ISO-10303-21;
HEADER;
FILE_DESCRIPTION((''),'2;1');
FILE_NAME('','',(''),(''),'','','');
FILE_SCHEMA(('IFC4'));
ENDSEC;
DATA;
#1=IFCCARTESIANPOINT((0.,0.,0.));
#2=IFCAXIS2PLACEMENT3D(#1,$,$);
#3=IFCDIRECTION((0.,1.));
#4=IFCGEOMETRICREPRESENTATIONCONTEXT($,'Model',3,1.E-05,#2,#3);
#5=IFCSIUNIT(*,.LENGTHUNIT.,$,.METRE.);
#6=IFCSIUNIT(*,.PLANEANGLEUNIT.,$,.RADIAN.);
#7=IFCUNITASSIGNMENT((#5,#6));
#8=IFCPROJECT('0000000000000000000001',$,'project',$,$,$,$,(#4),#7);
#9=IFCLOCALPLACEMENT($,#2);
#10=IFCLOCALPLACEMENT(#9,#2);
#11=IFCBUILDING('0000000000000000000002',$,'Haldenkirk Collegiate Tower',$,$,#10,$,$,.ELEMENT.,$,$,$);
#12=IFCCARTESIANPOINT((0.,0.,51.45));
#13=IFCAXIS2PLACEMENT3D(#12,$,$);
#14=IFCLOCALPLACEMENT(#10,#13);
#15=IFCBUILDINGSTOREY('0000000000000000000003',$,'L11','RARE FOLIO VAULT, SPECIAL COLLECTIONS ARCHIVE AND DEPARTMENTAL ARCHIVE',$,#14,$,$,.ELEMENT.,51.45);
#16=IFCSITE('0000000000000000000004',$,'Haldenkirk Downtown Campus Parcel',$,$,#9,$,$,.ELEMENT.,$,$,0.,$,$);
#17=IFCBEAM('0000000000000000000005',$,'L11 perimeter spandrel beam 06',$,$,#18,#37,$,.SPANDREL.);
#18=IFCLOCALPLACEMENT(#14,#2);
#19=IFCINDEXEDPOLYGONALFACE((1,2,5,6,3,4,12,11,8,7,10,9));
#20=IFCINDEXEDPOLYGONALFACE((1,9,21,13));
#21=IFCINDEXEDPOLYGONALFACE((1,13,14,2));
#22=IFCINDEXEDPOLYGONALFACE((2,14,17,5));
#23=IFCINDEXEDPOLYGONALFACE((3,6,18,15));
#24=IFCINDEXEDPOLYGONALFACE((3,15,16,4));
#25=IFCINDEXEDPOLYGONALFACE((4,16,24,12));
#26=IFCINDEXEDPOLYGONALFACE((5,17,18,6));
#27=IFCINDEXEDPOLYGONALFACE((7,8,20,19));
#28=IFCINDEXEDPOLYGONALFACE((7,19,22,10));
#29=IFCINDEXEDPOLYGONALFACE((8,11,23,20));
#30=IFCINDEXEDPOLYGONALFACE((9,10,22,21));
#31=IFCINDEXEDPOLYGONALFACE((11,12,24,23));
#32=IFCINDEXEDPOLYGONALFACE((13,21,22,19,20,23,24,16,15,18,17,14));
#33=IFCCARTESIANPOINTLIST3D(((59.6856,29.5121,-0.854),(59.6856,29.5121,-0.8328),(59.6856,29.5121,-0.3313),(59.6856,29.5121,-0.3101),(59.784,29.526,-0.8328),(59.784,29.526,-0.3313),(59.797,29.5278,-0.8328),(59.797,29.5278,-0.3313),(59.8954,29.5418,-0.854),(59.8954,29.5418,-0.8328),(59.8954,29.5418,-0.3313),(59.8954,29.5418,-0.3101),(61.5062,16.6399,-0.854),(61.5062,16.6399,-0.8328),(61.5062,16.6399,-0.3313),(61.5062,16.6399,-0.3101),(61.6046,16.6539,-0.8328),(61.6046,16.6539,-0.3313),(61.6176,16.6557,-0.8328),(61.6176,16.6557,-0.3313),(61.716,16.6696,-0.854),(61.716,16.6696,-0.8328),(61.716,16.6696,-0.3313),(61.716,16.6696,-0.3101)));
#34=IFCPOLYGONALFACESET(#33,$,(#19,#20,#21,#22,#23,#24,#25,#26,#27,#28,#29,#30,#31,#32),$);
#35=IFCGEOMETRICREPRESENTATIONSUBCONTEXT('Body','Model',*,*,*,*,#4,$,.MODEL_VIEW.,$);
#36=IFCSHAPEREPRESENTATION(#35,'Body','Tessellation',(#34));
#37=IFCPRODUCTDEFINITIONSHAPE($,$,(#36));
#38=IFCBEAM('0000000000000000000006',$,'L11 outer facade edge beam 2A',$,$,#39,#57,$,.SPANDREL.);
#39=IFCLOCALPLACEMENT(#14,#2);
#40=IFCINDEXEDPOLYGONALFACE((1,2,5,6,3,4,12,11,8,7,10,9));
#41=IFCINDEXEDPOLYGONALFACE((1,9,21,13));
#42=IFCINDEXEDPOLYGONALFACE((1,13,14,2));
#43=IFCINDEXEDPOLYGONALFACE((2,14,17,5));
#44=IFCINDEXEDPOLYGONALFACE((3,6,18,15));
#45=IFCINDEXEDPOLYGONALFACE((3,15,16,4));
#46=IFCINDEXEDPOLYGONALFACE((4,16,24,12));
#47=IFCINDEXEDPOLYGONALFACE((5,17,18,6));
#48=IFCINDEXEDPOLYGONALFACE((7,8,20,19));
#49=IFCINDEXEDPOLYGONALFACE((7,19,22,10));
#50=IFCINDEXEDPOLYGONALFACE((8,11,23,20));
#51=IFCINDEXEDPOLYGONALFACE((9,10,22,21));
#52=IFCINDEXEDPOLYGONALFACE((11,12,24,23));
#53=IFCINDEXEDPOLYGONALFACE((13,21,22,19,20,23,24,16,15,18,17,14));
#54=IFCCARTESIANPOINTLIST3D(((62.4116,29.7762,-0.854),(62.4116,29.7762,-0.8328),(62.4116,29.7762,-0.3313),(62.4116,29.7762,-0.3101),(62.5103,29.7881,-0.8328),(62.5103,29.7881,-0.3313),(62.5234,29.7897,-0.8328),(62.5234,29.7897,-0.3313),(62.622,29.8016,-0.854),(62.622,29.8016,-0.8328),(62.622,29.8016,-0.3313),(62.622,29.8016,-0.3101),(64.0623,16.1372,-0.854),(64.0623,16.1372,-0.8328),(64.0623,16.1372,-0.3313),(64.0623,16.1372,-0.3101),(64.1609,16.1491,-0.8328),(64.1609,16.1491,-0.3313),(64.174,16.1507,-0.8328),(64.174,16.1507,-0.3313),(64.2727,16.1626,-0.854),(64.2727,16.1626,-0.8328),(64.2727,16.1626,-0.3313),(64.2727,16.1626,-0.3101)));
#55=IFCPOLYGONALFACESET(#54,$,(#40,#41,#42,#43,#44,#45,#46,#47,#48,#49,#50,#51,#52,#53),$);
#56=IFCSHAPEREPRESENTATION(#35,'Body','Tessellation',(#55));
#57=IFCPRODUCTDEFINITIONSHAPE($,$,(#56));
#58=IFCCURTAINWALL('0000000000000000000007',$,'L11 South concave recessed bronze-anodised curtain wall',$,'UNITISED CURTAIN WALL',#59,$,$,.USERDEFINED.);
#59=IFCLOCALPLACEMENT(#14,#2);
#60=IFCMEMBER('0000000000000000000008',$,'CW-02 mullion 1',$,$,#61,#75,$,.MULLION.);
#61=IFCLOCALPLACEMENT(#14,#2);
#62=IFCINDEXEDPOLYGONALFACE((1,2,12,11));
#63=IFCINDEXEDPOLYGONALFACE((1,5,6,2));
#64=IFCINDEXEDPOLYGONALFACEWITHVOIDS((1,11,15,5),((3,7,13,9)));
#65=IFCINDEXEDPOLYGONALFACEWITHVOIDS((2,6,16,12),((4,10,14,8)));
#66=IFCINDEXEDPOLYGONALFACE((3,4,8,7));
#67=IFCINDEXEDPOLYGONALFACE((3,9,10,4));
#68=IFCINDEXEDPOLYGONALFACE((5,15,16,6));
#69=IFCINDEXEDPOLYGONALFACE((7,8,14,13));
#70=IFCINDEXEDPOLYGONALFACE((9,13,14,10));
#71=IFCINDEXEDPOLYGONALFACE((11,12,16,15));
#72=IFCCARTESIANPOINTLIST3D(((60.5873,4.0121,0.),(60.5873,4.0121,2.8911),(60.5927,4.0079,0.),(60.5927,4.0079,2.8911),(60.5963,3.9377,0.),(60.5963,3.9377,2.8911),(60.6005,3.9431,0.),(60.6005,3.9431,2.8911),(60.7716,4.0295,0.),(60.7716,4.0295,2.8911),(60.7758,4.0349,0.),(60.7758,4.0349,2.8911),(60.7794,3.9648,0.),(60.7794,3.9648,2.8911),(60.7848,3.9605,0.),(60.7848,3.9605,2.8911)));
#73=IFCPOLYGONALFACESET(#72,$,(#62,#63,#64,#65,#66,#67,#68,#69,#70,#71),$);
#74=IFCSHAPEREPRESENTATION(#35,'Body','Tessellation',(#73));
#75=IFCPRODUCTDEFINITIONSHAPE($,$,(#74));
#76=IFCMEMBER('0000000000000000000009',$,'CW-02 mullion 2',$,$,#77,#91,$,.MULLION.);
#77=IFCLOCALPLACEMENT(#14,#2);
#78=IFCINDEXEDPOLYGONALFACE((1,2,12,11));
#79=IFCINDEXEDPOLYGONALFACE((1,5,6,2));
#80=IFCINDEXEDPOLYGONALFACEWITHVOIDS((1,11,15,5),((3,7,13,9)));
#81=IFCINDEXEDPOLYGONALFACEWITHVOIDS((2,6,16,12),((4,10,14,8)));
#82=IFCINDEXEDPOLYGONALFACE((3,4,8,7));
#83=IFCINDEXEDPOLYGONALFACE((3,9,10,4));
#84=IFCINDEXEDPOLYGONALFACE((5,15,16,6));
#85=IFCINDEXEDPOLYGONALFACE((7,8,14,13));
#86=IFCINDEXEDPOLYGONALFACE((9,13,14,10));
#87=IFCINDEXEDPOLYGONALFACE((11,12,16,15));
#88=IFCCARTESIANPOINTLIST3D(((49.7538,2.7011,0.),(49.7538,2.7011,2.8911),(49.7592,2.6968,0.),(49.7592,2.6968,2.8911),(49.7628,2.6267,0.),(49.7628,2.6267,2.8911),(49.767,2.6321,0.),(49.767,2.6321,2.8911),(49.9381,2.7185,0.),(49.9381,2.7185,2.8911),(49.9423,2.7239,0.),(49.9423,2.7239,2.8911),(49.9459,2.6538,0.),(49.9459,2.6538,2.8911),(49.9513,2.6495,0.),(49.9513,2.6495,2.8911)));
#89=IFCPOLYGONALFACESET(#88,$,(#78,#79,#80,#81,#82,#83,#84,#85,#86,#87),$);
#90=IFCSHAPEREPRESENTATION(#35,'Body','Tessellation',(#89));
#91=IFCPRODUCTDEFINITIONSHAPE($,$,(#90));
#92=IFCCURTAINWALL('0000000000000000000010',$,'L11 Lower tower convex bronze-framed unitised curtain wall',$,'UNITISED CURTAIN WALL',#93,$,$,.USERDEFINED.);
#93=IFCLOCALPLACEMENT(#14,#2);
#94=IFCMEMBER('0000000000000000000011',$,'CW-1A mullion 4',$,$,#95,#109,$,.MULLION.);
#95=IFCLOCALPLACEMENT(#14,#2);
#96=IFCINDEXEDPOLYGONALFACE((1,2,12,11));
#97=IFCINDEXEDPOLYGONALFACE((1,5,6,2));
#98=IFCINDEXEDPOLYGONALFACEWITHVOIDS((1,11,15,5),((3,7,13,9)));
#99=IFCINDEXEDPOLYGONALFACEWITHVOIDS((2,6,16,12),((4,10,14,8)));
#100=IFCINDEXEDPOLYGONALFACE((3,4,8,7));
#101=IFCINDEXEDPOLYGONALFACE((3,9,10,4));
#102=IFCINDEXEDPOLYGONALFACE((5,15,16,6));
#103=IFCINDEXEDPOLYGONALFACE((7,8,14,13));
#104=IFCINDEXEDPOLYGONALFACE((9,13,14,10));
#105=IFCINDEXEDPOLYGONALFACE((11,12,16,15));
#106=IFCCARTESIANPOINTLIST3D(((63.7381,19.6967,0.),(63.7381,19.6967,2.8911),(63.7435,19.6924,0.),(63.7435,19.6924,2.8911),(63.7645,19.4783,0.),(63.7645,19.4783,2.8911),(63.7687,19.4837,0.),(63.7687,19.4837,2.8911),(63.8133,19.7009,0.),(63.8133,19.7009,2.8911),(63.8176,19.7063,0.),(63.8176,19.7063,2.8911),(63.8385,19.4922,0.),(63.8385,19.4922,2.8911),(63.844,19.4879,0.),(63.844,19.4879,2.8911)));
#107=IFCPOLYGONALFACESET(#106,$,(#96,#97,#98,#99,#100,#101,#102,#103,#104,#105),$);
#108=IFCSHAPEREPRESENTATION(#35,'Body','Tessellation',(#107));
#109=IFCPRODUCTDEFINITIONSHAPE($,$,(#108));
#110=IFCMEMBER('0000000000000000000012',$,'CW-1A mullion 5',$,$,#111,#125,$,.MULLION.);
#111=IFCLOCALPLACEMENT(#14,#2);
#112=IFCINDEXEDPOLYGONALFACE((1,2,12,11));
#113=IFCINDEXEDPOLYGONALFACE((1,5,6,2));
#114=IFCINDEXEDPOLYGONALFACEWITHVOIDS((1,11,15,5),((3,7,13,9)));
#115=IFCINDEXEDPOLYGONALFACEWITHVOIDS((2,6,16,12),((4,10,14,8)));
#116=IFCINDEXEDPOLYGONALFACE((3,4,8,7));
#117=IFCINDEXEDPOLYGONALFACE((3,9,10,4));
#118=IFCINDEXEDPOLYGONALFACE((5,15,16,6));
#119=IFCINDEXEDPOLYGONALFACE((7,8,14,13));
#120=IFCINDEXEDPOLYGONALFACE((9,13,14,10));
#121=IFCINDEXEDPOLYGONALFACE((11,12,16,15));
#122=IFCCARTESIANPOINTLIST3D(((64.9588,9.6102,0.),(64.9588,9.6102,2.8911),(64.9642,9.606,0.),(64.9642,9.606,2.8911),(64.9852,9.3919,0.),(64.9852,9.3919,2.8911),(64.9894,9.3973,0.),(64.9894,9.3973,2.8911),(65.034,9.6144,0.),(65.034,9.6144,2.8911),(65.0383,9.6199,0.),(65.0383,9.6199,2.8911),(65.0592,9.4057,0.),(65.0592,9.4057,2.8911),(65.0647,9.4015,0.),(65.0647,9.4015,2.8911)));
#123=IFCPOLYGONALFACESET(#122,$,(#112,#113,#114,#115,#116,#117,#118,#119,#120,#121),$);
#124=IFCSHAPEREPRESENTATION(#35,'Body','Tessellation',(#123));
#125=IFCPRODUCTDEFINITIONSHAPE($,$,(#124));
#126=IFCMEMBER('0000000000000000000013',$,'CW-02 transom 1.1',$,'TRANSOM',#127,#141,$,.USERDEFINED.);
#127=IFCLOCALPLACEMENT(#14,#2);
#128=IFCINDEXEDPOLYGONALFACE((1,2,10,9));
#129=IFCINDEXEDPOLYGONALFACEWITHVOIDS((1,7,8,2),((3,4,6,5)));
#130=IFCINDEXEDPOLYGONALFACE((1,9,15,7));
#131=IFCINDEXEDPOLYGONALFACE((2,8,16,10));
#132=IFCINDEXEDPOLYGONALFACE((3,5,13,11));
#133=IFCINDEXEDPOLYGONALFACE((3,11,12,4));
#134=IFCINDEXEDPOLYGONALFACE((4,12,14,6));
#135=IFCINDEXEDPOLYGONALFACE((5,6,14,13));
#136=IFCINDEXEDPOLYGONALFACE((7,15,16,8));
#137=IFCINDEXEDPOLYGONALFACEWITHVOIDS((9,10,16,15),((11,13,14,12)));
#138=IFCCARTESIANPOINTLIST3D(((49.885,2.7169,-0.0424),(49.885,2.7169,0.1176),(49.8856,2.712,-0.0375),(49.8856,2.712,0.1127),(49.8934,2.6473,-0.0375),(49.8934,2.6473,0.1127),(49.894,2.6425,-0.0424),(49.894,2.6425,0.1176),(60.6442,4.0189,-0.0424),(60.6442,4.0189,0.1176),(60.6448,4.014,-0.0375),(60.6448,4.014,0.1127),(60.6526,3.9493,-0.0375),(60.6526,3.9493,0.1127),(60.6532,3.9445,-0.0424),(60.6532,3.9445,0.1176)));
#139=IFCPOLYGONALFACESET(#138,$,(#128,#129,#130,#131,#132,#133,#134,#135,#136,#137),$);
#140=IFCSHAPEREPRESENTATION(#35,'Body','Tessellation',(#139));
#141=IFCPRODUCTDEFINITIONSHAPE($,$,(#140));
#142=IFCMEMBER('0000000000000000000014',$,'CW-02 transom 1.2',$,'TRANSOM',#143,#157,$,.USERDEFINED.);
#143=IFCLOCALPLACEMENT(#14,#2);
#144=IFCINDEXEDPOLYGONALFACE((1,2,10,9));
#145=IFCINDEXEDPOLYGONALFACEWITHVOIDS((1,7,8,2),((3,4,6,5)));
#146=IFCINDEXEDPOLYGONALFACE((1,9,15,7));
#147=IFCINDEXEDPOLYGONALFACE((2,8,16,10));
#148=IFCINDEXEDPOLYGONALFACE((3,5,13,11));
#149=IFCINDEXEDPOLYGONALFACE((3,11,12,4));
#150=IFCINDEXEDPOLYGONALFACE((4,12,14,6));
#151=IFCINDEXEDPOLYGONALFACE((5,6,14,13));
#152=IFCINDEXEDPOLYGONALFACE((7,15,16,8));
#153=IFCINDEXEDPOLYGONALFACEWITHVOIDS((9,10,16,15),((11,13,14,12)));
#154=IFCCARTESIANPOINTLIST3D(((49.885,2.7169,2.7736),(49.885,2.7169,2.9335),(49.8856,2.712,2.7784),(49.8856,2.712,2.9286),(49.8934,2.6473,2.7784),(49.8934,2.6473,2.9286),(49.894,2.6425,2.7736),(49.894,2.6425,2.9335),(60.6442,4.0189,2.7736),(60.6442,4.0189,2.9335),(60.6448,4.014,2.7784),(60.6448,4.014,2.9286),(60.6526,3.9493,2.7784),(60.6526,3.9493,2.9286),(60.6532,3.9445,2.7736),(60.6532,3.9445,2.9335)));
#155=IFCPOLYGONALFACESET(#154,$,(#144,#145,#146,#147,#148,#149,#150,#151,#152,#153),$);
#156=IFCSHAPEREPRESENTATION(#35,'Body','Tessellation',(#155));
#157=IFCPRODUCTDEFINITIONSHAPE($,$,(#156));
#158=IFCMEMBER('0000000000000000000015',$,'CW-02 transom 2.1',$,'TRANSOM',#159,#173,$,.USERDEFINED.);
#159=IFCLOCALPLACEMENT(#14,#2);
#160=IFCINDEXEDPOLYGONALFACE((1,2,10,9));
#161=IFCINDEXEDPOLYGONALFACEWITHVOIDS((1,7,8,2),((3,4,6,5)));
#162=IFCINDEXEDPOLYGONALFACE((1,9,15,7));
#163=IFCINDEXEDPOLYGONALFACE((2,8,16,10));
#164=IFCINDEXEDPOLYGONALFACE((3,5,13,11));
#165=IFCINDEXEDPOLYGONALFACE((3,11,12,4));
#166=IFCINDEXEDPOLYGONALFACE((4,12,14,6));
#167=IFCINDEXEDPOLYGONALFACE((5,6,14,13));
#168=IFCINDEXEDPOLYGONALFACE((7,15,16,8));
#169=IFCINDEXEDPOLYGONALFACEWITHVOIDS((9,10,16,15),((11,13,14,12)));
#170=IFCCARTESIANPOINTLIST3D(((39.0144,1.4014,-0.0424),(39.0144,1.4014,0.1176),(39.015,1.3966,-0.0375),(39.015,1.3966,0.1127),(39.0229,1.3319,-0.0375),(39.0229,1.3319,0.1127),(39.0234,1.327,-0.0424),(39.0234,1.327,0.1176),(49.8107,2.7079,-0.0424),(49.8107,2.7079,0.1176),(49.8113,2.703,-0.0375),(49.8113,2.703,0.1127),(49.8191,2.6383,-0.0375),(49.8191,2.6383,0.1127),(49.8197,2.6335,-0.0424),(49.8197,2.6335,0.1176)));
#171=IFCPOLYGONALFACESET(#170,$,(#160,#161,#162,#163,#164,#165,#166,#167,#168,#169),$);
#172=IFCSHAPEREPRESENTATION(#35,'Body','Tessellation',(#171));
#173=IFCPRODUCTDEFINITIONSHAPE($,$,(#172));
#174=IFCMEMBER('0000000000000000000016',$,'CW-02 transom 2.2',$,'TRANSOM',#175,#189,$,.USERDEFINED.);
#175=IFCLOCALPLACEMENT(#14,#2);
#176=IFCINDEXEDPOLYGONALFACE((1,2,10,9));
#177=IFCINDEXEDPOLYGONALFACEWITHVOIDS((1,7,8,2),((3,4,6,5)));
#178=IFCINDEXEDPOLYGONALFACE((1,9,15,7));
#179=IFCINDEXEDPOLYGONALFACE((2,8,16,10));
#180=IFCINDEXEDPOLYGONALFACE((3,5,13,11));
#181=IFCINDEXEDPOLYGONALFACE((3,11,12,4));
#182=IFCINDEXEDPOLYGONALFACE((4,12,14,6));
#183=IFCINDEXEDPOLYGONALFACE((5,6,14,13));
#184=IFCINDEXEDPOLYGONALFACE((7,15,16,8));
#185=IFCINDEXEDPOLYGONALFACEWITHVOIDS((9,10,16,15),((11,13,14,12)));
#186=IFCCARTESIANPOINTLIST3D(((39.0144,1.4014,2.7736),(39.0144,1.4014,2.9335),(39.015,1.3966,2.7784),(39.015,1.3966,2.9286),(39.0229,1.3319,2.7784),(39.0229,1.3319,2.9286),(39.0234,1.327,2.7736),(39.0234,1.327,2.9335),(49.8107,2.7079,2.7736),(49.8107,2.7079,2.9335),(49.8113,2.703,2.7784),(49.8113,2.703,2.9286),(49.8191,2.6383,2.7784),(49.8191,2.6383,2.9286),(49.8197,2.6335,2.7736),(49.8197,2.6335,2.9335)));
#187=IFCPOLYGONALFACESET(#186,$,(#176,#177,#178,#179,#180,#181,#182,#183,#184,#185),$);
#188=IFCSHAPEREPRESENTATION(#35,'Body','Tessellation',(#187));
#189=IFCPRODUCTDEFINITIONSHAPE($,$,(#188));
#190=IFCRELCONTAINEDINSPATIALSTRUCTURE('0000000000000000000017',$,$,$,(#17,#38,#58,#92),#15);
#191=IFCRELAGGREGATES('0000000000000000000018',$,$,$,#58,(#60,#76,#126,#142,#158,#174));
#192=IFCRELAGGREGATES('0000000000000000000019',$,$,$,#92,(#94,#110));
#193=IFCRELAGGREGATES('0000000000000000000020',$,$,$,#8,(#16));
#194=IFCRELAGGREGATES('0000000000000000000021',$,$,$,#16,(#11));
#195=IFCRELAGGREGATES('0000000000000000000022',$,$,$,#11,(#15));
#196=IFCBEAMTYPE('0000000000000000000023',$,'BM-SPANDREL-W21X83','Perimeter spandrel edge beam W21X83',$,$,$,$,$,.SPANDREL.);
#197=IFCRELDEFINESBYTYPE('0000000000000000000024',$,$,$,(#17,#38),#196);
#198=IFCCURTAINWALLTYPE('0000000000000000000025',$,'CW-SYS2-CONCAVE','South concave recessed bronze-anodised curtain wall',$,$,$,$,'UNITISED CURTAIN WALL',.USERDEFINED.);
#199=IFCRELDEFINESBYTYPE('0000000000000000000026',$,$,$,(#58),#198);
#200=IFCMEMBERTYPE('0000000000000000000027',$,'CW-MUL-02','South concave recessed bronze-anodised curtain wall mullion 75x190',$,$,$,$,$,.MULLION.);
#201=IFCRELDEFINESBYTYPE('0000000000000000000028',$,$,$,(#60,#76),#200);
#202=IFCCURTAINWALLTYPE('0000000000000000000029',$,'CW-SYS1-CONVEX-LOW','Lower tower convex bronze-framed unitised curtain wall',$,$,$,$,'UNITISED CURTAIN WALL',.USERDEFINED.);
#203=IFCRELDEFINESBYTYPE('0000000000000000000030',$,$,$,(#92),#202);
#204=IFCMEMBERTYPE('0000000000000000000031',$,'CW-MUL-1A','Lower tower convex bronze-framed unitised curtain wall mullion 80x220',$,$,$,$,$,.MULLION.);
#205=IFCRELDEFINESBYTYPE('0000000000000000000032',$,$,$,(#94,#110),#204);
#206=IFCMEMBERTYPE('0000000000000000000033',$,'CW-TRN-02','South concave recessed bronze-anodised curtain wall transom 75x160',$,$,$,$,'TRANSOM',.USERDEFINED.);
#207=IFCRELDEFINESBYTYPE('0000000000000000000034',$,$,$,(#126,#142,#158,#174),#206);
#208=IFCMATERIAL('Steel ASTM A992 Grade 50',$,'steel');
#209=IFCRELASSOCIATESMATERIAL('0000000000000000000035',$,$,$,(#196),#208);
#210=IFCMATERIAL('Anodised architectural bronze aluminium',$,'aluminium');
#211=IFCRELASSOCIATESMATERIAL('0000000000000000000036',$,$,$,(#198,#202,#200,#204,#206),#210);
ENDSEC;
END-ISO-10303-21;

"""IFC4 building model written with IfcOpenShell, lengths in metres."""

from ifc_helpers import new_model, si_unit, direction, frame, origin, origin_2d, place, context, subcontext, project, spatial, hollow_rectangle, i_section, extrude, material, material_profile, profile_set, type_object, element, aggregate, save


model = new_model("IFC4")

# Units and contexts
model_context = context("Model", 3, precision=1e-05, world=origin(), true_north=direction((0.0, 1.0)))
body_context = subcontext(model_context, "Body", "Model", "MODEL_VIEW")
ifc_project = project(units=[si_unit("LENGTHUNIT", "METRE"), si_unit("PLANEANGLEUNIT", "RADIAN")], contexts=[model_context])

# Site, building, storey
site_placement = place(None, origin())
site = spatial("IfcSite", under=ifc_project, at=site_placement, Name="Haldenkirk Downtown Campus Parcel", CompositionType="ELEMENT", RefElevation=0.0)
building_placement = place(site_placement, origin())
building = spatial("IfcBuilding", under=site, at=building_placement, Name="Haldenkirk Collegiate Tower", CompositionType="ELEMENT")
storey_placement = place(building_placement, frame((0.0, 0.0, 51.45)))
storey = spatial("IfcBuildingStorey", under=building, at=storey_placement, Name="L11", Description="RARE FOLIO VAULT, SPECIAL COLLECTIONS ARCHIVE AND DEPARTMENTAL ARCHIVE", CompositionType="ELEMENT", Elevation=51.45)

# Beams
ifc_material_1 = material(Name="Steel ASTM A992 Grade 50", Category="steel")
ifc_material_profile_1 = material_profile(ifc_material_1, i_section(OverallWidth=0.2119, OverallDepth=0.5439, WebThickness=0.0132, FlangeThickness=0.0212, at=origin_2d()), Name="W21X83")
ifc_profile_set_1 = profile_set([ifc_material_profile_1], Name="Steel ASTM A992 Grade 50")
beam_type_1 = type_object("IfcBeamType", Name="BM-SPANDREL-W21X83", Description="Perimeter spandrel edge beam W21X83", PredefinedType="SPANDREL", material=ifc_profile_set_1)
beam_1_placement = place(storey_placement, frame((61.6111, 16.6548, -0.582), z_axis=(-0.140041, 0.990146, 0.0), x_axis=(-0.990146, -0.140041, 0.0)))
element("IfcBeam", 1, at=beam_1_placement, inside=storey, type_object=beam_type_1, Name="L11 perimeter spandrel beam 06", PredefinedType="SPANDREL", context=body_context, shape_type="SweptSolid", body=[
    extrude(i_section(OverallWidth=0.2119, OverallDepth=0.5439, WebThickness=0.0132, FlangeThickness=0.0212, at=origin_2d()), origin(), (0.0, 0.0, 1.0), 13.0002),
])
beam_2_placement = place(storey_placement, frame((64.1675, 16.1499, -0.582), z_axis=(-0.120147, 0.992756, 0.0), x_axis=(-0.992756, -0.120147, 0.0)))
element("IfcBeam", 2, at=beam_2_placement, inside=storey, type_object=beam_type_1, Name="L11 outer facade edge beam 2A", PredefinedType="SPANDREL", context=body_context, shape_type="SweptSolid", body=[
    extrude(i_section(OverallWidth=0.2119, OverallDepth=0.5439, WebThickness=0.0132, FlangeThickness=0.0212, at=origin_2d()), origin(), (0.0, 0.0, 1.0), 13.7385),
])

# Curtain walls, members
ifc_material_2 = material(Name="Anodised architectural bronze aluminium", Category="aluminium")
curtain_wall_type_1 = type_object("IfcCurtainWallType", Name="CW-SYS2-CONCAVE", Description="South concave recessed bronze-anodised curtain wall", ElementType="UNITISED CURTAIN WALL", PredefinedType="USERDEFINED", material=ifc_material_2)
curtain_wall_1_placement = place(storey_placement, origin())
curtain_wall_1 = element("IfcCurtainWall", 3, at=curtain_wall_1_placement, inside=storey, type_object=curtain_wall_type_1, Name="L11 South concave recessed bronze-anodised curtain wall", ObjectType="UNITISED CURTAIN WALL", PredefinedType="USERDEFINED")
ifc_material_profile_2 = material_profile(ifc_material_2, hollow_rectangle(XDim=0.075, YDim=0.1899, WallThickness=0.0049, at=origin_2d()), Name="CW-MUL-02")
ifc_profile_set_2 = profile_set([ifc_material_profile_2], Name="Anodised architectural bronze aluminium")
member_type_1 = type_object("IfcMemberType", Name="CW-MUL-02", Description="South concave recessed bronze-anodised curtain wall mullion 75x190", PredefinedType="MULLION", material=ifc_profile_set_2)
member_1_placement = place(storey_placement, frame((60.686, 3.9863, 0.0), z_axis=(0.0, 0.0, 1.0), x_axis=(0.120139, -0.992757, 0.0)))
member_1 = element("IfcMember", 4, at=member_1_placement, type_object=member_type_1, Name="CW-02 mullion 1", PredefinedType="MULLION", context=body_context, shape_type="SweptSolid", body=[
    extrude(hollow_rectangle(XDim=0.075, YDim=0.1899, WallThickness=0.0049, at=origin_2d()), origin(), (0.0, 0.0, 1.0), 2.8911),
])
member_2_placement = place(storey_placement, frame((49.8525, 2.6753, 0.0), z_axis=(0.0, 0.0, 1.0), x_axis=(0.120139, -0.992757, 0.0)))
member_2 = element("IfcMember", 5, at=member_2_placement, type_object=member_type_1, Name="CW-02 mullion 2", PredefinedType="MULLION", context=body_context, shape_type="SweptSolid", body=[
    extrude(hollow_rectangle(XDim=0.075, YDim=0.1899, WallThickness=0.0049, at=origin_2d()), origin(), (0.0, 0.0, 1.0), 2.8911),
])
curtain_wall_type_2 = type_object("IfcCurtainWallType", Name="CW-SYS1-CONVEX-LOW", Description="Lower tower convex bronze-framed unitised curtain wall", ElementType="UNITISED CURTAIN WALL", PredefinedType="USERDEFINED", material=ifc_material_2)
curtain_wall_2_placement = place(storey_placement, origin())
curtain_wall_2 = element("IfcCurtainWall", 6, at=curtain_wall_2_placement, inside=storey, type_object=curtain_wall_type_2, Name="L11 Lower tower convex bronze-framed unitised curtain wall", ObjectType="UNITISED CURTAIN WALL", PredefinedType="USERDEFINED")
ifc_material_profile_3 = material_profile(ifc_material_2, hollow_rectangle(XDim=0.0801, YDim=0.22, WallThickness=0.0049, at=origin_2d()), Name="CW-MUL-1A")
ifc_profile_set_3 = profile_set([ifc_material_profile_3], Name="Anodised architectural bronze aluminium")
member_type_2 = type_object("IfcMemberType", Name="CW-MUL-1A", Description="Lower tower convex bronze-framed unitised curtain wall mullion 80x220", PredefinedType="MULLION", material=ifc_profile_set_3)
member_3_placement = place(storey_placement, frame((63.791, 19.5923, 0.0), z_axis=(0.0, 0.0, 1.0), x_axis=(0.992757, 0.120137, 0.0)))
member_3 = element("IfcMember", 7, at=member_3_placement, type_object=member_type_2, Name="CW-1A mullion 4", PredefinedType="MULLION", context=body_context, shape_type="SweptSolid", body=[
    extrude(hollow_rectangle(XDim=0.0801, YDim=0.22, WallThickness=0.0049, at=origin_2d()), origin(), (0.0, 0.0, 1.0), 2.8911),
])
member_4_placement = place(storey_placement, frame((65.0117, 9.5059, 0.0), z_axis=(0.0, 0.0, 1.0), x_axis=(0.992757, 0.120137, 0.0)))
member_4 = element("IfcMember", 8, at=member_4_placement, type_object=member_type_2, Name="CW-1A mullion 5", PredefinedType="MULLION", context=body_context, shape_type="SweptSolid", body=[
    extrude(hollow_rectangle(XDim=0.0801, YDim=0.22, WallThickness=0.0049, at=origin_2d()), origin(), (0.0, 0.0, 1.0), 2.8911),
])

# Members
ifc_material_profile_4 = material_profile(ifc_material_2, hollow_rectangle(XDim=0.075, YDim=0.1599, WallThickness=0.0049, at=origin_2d()), Name="CW-TRN-02")
ifc_profile_set_4 = profile_set([ifc_material_profile_4], Name="Anodised architectural bronze aluminium")
member_type_3 = type_object("IfcMemberType", Name="CW-TRN-02", Description="South concave recessed bronze-anodised curtain wall transom 75x160", ElementType="TRANSOM", PredefinedType="USERDEFINED", material=ifc_profile_set_4)
member_5_placement = place(storey_placement, frame((60.6487, 3.9817, 0.0376), z_axis=(-0.992757, -0.120138, 0.0), x_axis=(0.120138, -0.992757, 0.0)))
member_5 = element("IfcMember", 9, at=member_5_placement, type_object=member_type_3, Name="CW-02 transom 1.1", ObjectType="TRANSOM", PredefinedType="USERDEFINED", context=body_context, shape_type="SweptSolid", body=[
    extrude(hollow_rectangle(XDim=0.075, YDim=0.1599, WallThickness=0.0049, at=origin_2d()), origin(), (0.0, 0.0, 1.0), 10.8376),
])
member_6_placement = place(storey_placement, frame((60.6487, 3.9817, 2.8535), z_axis=(-0.992757, -0.120138, 0.0), x_axis=(0.120138, -0.992757, 0.0)))
member_6 = element("IfcMember", 10, at=member_6_placement, type_object=member_type_3, Name="CW-02 transom 1.2", ObjectType="TRANSOM", PredefinedType="USERDEFINED", context=body_context, shape_type="SweptSolid", body=[
    extrude(hollow_rectangle(XDim=0.075, YDim=0.1599, WallThickness=0.0049, at=origin_2d()), origin(), (0.0, 0.0, 1.0), 10.8376),
])
member_7_placement = place(storey_placement, frame((49.8152, 2.6707, 0.0376), z_axis=(-0.992758, -0.12013, 0.0), x_axis=(0.12013, -0.992758, 0.0)))
member_7 = element("IfcMember", 11, at=member_7_placement, type_object=member_type_3, Name="CW-02 transom 2.1", ObjectType="TRANSOM", PredefinedType="USERDEFINED", context=body_context, shape_type="SweptSolid", body=[
    extrude(hollow_rectangle(XDim=0.075, YDim=0.1599, WallThickness=0.0049, at=origin_2d()), origin(), (0.0, 0.0, 1.0), 10.875),
])
member_8_placement = place(storey_placement, frame((49.8152, 2.6707, 2.8535), z_axis=(-0.992758, -0.12013, 0.0), x_axis=(0.12013, -0.992758, 0.0)))
member_8 = element("IfcMember", 12, at=member_8_placement, type_object=member_type_3, Name="CW-02 transom 2.2", ObjectType="TRANSOM", PredefinedType="USERDEFINED", context=body_context, shape_type="SweptSolid", body=[
    extrude(hollow_rectangle(XDim=0.075, YDim=0.1599, WallThickness=0.0049, at=origin_2d()), origin(), (0.0, 0.0, 1.0), 10.875),
])

aggregate(curtain_wall_1, [member_1, member_2, member_5, member_6, member_7, member_8])
aggregate(curtain_wall_2, [member_3, member_4])

save(model, "model.ifc")
